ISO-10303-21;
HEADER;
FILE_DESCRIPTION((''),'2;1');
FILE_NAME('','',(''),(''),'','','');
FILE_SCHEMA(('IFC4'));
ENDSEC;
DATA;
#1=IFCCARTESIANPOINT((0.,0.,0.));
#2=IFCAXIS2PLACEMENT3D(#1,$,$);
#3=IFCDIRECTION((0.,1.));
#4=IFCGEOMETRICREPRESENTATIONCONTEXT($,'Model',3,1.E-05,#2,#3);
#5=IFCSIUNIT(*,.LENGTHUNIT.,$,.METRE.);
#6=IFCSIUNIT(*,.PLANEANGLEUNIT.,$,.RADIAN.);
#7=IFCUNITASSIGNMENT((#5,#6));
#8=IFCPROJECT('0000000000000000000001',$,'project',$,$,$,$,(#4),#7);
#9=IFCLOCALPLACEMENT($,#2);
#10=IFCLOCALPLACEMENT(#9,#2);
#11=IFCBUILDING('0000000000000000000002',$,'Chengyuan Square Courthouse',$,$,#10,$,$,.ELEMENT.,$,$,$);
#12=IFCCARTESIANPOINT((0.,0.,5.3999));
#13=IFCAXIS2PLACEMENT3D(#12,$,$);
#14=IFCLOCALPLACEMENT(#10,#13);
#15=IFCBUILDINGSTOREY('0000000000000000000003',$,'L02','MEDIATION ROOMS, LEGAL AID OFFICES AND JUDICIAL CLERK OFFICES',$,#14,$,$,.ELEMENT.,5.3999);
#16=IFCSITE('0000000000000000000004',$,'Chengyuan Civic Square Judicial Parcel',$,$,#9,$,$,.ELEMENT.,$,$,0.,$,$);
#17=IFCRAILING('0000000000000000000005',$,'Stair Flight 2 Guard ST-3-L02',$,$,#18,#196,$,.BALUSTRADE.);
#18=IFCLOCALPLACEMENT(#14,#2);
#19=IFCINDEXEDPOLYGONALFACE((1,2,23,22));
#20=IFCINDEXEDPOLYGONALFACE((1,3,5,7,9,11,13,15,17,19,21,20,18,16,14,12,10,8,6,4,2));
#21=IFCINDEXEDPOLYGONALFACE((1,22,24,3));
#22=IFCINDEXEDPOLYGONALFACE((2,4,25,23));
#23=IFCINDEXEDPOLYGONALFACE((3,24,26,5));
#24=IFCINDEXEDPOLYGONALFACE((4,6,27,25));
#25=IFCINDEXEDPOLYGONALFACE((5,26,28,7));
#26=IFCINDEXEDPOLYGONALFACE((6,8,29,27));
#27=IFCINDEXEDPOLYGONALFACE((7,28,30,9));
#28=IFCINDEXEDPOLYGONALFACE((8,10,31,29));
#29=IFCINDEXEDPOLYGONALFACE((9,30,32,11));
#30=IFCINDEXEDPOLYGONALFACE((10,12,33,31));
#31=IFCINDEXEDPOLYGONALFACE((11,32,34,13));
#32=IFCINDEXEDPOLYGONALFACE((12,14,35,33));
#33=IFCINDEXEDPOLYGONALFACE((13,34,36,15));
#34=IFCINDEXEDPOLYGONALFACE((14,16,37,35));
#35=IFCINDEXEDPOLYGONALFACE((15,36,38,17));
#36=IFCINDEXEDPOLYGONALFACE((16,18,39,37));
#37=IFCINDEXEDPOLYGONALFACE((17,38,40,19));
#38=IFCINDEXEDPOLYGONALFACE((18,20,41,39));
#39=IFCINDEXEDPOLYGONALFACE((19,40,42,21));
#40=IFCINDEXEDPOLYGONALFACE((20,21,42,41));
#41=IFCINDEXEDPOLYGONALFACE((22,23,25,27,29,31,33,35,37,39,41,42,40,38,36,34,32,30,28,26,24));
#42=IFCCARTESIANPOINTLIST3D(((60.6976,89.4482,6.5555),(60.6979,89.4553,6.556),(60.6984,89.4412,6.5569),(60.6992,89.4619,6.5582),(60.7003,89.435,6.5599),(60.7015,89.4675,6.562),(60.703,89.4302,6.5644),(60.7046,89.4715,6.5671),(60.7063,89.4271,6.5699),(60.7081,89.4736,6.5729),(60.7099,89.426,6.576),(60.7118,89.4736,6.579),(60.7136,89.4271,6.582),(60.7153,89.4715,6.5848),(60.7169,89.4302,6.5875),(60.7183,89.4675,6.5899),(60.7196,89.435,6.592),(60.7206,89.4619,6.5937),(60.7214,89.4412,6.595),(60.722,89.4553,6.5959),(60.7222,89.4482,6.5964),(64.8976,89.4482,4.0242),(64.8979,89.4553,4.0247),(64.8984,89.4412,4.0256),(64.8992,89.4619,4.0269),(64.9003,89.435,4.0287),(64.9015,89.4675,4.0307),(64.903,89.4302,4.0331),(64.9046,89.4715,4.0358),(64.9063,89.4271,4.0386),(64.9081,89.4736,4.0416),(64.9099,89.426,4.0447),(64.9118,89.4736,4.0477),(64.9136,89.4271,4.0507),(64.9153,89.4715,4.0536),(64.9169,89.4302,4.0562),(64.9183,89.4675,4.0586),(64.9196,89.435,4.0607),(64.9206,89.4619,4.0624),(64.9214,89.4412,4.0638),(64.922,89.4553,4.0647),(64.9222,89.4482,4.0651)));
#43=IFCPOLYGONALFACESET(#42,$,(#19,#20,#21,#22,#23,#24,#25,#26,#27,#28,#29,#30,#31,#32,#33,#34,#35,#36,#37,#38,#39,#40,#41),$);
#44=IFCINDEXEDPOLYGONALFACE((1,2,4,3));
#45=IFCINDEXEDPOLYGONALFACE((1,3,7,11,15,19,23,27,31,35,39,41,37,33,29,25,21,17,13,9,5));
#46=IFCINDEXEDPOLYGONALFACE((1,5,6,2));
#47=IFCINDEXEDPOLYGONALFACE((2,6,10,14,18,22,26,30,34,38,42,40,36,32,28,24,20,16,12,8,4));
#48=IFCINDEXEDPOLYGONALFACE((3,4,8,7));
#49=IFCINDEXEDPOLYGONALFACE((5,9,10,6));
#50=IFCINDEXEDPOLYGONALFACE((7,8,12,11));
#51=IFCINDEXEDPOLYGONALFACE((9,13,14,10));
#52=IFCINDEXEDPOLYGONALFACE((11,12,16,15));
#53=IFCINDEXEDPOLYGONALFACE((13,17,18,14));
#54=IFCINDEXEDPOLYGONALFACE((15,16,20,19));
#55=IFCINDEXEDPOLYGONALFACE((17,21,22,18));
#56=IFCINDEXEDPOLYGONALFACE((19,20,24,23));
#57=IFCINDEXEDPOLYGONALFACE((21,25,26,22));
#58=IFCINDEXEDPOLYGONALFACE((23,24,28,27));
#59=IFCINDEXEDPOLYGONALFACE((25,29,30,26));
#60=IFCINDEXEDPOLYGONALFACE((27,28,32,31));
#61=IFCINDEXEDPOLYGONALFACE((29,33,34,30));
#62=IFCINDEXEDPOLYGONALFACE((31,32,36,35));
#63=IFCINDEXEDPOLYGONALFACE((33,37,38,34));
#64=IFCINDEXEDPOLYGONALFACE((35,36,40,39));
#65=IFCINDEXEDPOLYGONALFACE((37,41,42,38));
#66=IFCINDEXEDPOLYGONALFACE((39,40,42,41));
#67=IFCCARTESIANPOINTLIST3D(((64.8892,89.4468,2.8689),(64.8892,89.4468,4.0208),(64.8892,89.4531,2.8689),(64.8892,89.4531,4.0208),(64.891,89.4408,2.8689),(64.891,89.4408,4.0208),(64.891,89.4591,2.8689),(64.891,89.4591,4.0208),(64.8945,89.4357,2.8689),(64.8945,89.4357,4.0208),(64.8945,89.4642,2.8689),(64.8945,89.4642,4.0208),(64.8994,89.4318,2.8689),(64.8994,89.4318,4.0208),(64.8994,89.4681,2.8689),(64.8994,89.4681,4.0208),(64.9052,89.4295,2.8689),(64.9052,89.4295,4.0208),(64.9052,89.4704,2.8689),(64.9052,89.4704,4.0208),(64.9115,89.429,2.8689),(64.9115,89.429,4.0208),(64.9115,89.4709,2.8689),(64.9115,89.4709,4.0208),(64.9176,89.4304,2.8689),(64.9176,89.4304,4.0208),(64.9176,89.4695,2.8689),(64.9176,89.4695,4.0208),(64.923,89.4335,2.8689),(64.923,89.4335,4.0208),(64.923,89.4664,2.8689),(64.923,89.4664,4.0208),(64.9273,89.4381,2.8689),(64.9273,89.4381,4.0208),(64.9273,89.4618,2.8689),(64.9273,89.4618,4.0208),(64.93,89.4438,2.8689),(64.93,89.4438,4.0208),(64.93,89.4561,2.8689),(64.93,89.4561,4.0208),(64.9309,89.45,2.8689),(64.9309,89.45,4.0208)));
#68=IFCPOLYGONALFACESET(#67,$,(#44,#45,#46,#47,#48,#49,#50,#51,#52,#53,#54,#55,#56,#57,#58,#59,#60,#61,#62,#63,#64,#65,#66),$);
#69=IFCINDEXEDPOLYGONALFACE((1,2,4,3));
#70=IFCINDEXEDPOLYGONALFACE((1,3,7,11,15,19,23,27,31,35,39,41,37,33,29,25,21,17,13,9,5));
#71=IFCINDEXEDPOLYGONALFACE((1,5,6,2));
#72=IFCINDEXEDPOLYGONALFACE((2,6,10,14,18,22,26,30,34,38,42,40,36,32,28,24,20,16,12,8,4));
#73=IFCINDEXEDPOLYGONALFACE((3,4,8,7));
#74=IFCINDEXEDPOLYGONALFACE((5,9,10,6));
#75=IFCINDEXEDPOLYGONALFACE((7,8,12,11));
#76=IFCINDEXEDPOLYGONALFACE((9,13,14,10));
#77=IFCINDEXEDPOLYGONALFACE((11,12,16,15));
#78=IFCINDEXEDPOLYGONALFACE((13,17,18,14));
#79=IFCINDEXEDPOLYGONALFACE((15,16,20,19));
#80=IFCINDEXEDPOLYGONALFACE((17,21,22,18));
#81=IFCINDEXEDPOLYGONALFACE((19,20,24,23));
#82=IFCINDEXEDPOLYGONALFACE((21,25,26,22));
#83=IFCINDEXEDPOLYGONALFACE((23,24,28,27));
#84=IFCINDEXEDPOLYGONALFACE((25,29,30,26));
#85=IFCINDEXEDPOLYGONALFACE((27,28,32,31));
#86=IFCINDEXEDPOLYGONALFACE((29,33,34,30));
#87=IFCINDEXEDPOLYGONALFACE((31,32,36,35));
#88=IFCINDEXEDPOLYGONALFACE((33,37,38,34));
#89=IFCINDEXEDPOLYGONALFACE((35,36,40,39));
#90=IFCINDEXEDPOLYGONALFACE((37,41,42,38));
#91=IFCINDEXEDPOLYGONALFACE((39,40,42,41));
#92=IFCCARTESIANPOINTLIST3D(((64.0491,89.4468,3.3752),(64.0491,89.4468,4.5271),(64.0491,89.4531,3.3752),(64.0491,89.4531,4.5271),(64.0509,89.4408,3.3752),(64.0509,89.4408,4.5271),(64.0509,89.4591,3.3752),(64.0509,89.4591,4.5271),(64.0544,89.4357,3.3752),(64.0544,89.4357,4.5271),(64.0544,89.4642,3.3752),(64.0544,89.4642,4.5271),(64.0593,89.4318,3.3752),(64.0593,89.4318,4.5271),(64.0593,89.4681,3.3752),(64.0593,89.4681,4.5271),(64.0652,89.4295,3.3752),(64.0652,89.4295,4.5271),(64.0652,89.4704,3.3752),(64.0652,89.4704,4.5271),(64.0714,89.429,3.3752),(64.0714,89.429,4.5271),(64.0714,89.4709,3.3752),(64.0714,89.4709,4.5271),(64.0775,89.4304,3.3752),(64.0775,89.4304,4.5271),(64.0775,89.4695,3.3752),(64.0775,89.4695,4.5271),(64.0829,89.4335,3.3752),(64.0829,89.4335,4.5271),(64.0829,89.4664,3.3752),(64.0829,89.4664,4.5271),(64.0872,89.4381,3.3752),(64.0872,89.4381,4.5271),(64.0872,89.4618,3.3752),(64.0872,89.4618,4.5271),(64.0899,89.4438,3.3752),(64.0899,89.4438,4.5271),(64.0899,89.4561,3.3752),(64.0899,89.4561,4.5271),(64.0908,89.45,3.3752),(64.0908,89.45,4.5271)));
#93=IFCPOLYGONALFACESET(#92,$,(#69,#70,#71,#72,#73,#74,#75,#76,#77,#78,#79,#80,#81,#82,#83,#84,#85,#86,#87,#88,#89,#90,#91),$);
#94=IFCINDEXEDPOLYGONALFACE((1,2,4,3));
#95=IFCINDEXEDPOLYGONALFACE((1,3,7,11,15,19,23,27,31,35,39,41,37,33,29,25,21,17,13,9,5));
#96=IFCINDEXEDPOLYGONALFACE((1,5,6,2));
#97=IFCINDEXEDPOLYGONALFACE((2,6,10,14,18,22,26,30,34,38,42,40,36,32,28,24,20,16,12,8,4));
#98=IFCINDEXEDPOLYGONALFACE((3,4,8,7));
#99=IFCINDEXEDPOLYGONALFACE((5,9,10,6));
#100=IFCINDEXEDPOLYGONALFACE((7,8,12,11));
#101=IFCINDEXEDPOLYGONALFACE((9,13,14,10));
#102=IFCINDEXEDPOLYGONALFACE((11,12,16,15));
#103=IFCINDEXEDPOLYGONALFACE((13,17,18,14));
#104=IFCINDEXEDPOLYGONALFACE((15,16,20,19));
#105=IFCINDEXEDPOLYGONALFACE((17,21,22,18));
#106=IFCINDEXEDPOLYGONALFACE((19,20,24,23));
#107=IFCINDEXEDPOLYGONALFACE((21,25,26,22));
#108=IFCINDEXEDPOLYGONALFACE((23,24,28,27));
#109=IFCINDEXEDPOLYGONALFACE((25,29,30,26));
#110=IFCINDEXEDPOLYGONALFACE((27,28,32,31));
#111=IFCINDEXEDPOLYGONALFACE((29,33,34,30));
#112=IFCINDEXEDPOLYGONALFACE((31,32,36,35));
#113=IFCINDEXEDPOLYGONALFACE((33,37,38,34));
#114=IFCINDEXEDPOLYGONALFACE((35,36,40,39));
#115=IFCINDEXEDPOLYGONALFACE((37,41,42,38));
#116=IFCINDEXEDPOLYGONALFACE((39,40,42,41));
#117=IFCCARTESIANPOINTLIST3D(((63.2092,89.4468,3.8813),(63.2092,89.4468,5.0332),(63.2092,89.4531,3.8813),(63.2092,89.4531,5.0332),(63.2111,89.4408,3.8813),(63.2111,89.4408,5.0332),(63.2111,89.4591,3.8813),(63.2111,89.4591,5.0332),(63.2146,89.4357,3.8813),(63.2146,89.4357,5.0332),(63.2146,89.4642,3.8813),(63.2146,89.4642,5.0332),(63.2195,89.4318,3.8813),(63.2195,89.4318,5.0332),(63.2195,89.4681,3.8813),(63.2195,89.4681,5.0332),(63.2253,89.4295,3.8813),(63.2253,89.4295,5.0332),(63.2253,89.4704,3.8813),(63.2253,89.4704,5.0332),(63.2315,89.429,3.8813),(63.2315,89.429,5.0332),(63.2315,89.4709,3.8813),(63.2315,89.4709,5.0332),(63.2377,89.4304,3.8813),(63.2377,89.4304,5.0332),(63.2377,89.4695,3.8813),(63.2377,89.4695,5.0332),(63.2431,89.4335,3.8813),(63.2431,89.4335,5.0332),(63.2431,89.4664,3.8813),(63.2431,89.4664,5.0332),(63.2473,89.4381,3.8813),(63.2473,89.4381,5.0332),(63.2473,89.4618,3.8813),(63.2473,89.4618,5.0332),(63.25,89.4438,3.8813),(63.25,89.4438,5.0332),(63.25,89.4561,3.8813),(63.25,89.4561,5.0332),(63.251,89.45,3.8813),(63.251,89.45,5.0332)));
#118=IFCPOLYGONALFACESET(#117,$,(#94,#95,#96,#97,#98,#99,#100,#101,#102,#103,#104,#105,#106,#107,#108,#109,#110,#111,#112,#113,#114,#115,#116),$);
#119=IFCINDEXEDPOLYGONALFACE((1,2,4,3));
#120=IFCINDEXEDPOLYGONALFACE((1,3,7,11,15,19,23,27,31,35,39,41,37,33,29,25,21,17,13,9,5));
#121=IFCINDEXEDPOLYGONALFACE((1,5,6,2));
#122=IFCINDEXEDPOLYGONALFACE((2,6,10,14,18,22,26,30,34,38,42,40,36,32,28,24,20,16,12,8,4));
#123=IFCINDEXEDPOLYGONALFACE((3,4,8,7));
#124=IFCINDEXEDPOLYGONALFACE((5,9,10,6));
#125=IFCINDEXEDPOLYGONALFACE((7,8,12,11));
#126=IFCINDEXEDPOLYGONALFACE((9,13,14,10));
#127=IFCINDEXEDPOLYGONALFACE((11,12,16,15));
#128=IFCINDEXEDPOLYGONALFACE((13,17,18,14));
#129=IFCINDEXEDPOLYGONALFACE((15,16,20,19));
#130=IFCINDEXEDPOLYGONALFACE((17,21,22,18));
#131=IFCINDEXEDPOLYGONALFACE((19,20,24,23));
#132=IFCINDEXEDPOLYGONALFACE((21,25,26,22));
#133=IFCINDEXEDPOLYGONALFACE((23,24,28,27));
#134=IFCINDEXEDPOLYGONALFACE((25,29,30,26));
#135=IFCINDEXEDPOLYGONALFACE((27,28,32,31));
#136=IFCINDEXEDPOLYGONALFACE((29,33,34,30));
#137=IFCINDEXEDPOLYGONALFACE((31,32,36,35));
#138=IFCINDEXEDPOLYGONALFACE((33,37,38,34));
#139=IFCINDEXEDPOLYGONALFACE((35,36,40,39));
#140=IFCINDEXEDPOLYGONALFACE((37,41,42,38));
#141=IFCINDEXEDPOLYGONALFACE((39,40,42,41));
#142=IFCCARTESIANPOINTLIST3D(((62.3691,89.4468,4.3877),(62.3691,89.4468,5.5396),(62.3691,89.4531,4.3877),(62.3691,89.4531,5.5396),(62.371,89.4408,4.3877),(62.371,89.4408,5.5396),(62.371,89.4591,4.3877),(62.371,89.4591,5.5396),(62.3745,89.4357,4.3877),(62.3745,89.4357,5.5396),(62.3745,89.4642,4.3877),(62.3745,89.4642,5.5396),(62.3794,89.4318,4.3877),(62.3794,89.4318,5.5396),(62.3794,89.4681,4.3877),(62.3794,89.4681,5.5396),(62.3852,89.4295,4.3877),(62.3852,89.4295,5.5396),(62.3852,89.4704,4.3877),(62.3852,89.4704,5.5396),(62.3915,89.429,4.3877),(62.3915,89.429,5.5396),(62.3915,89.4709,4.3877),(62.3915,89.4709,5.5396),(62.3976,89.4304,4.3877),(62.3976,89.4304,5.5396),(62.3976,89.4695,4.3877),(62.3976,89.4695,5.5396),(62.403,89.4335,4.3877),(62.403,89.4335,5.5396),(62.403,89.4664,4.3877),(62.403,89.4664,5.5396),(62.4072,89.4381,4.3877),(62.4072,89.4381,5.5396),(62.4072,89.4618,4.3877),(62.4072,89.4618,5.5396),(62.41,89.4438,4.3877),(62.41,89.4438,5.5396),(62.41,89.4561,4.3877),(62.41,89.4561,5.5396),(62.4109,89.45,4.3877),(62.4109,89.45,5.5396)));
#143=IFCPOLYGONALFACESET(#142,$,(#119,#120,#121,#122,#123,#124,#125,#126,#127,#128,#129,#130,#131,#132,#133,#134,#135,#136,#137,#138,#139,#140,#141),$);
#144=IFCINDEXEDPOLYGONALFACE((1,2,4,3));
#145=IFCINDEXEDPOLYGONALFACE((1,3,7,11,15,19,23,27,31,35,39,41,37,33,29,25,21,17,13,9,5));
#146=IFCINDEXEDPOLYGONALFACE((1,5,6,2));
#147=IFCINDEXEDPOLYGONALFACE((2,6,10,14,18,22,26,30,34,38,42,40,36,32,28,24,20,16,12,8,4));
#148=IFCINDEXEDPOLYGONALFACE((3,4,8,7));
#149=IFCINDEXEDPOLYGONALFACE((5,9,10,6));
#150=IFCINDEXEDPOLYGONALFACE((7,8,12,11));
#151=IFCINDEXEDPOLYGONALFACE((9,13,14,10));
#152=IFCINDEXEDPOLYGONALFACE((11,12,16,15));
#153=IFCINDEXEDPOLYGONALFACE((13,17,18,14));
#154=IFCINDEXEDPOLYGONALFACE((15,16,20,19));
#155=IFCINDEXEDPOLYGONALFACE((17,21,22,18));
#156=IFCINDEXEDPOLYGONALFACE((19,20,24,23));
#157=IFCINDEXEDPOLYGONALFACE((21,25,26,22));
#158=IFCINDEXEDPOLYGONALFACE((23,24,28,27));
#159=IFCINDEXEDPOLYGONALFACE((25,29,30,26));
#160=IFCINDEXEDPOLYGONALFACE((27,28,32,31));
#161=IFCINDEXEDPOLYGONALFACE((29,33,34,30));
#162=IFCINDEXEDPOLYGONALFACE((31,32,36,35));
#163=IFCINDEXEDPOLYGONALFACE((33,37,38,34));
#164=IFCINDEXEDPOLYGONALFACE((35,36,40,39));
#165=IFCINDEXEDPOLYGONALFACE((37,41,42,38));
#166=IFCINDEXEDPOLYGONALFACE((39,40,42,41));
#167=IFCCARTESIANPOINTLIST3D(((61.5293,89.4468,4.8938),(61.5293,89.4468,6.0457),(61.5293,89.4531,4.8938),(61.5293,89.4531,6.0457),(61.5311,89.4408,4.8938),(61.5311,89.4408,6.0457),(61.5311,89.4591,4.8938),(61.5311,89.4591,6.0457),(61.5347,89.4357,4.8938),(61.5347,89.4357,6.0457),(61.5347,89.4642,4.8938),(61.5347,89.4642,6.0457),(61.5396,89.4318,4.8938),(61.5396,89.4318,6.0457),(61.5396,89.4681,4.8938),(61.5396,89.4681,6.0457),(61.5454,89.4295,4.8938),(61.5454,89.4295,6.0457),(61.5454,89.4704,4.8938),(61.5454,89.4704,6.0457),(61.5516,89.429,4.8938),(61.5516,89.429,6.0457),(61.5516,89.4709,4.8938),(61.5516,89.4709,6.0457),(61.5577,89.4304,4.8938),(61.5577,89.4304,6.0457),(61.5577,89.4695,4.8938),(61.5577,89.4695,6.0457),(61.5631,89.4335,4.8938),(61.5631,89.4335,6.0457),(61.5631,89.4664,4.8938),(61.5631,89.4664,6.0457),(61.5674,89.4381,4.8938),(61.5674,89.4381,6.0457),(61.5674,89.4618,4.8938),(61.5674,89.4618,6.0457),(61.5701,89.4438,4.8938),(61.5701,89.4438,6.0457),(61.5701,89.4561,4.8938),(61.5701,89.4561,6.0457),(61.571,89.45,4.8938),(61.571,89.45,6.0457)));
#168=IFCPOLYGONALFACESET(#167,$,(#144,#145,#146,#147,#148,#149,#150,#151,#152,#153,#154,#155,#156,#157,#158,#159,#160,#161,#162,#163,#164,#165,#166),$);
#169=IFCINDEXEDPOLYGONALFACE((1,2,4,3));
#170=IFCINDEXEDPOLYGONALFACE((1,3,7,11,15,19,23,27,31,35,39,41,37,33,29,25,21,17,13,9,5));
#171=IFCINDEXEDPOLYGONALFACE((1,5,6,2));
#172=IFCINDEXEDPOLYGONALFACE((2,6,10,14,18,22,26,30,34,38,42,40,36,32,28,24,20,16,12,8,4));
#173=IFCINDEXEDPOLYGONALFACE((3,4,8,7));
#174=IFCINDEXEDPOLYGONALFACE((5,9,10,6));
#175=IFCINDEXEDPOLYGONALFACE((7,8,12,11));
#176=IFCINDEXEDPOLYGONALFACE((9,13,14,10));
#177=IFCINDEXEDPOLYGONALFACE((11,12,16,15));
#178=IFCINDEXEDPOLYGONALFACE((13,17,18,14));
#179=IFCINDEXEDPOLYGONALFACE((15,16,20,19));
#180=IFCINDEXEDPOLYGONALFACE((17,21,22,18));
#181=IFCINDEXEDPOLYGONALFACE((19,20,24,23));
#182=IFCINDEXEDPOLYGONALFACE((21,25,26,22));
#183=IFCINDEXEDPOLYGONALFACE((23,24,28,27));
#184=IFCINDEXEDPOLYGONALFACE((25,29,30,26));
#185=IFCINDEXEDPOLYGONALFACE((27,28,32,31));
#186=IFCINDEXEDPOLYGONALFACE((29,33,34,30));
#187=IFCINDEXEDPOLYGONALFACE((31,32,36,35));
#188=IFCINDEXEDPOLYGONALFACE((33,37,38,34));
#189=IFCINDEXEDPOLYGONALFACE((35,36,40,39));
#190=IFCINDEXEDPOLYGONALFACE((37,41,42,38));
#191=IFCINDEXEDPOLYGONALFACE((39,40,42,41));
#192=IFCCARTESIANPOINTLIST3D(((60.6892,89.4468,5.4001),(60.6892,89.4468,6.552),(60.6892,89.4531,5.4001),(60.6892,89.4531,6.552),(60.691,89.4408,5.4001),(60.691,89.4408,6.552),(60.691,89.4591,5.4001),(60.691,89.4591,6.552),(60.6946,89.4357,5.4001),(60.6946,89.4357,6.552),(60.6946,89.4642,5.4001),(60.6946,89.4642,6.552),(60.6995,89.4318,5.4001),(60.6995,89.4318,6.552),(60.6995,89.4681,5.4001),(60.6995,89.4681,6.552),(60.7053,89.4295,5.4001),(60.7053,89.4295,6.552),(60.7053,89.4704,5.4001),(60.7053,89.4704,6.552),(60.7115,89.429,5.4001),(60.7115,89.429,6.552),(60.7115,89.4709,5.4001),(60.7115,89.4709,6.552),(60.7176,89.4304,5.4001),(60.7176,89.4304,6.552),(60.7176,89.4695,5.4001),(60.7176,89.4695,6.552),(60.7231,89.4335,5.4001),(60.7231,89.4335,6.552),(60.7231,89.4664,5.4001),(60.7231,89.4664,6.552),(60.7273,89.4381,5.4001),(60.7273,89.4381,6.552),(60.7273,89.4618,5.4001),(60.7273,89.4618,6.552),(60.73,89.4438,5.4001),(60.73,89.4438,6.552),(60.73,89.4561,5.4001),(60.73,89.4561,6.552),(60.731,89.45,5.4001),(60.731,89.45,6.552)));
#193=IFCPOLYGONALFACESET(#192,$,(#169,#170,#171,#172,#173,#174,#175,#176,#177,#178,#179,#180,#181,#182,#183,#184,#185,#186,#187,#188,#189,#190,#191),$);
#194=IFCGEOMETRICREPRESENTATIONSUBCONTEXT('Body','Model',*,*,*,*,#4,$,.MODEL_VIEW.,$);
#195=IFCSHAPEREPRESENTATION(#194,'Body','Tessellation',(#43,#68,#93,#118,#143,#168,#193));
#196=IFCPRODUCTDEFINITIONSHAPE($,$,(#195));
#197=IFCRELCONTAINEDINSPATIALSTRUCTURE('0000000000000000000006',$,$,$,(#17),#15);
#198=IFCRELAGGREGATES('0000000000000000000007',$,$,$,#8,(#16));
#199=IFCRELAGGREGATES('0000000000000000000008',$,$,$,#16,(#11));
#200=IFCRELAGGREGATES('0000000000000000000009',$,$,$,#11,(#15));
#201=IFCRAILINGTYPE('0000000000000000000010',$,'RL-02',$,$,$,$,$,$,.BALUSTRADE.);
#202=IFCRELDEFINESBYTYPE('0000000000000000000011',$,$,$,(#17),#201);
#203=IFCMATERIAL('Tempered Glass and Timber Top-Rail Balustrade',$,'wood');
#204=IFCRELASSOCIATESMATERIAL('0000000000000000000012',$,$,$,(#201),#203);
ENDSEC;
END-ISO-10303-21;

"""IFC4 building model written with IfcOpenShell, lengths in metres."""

from ifc_helpers import new_model, si_unit, direction, frame, origin, origin_2d, place, context, subcontext, project, spatial, circle, extrude, material, type_object, element, save


model = new_model("IFC4")

# Units and contexts
model_context = context("Model", 3, precision=1e-05, world=origin(), true_north=direction((0.0, 1.0)))
body_context = subcontext(model_context, "Body", "Model", "MODEL_VIEW")
ifc_project = project(units=[si_unit("LENGTHUNIT", "METRE"), si_unit("PLANEANGLEUNIT", "RADIAN")], contexts=[model_context])

# Site, building, storey
site_placement = place(None, origin())
site = spatial("IfcSite", under=ifc_project, at=site_placement, Name="Chengyuan Civic Square Judicial Parcel", CompositionType="ELEMENT", RefElevation=0.0)
building_placement = place(site_placement, origin())
building = spatial("IfcBuilding", under=site, at=building_placement, Name="Chengyuan Square Courthouse", CompositionType="ELEMENT")
storey_placement = place(building_placement, frame((0.0, 0.0, 5.3999)))
storey = spatial("IfcBuildingStorey", under=building, at=storey_placement, Name="L02", Description="MEDIATION ROOMS, LEGAL AID OFFICES AND JUDICIAL CLERK OFFICES", CompositionType="ELEMENT", Elevation=5.3999)

# Railing
ifc_material_1 = material(Name="Tempered Glass and Timber Top-Rail Balustrade", Category="wood")
railing_type_1 = type_object("IfcRailingType", Name="RL-02", PredefinedType="BALUSTRADE", material=ifc_material_1)
railing_1_placement = place(storey_placement, frame((64.9099, 89.45, 2.8689)))
element("IfcRailing", 1, at=railing_1_placement, inside=storey, type_object=railing_type_1, Name="Stair Flight 2 Guard ST-3-L02", PredefinedType="BALUSTRADE", context=body_context, shape_type="SweptSolid", body=[
    extrude(circle(Radius=0.0239, at=origin_2d()), frame((0.0, 0.0, 1.1758), z_axis=(-0.856476, 0.0, 0.516186), x_axis=(0.0, -1.0, 0.0)), (0.0, 0.0, 1.0), 4.9038),
    extrude(circle(Radius=0.021, at=origin_2d()), origin(), (0.0, 0.0, 1.0), 1.1519),
    extrude(circle(Radius=0.021, at=origin_2d()), frame((-0.8401, 0.0, 0.5063)), (0.0, 0.0, 1.0), 1.1519),
    extrude(circle(Radius=0.021, at=origin_2d()), frame((-1.6799, 0.0, 1.0125)), (0.0, 0.0, 1.0), 1.1519),
    extrude(circle(Radius=0.021, at=origin_2d()), frame((-2.52, 0.0, 1.5188)), (0.0, 0.0, 1.0), 1.1519),
    extrude(circle(Radius=0.021, at=origin_2d()), frame((-3.3599, 0.0, 2.0249)), (0.0, 0.0, 1.0), 1.1519),
    extrude(circle(Radius=0.021, at=origin_2d()), frame((-4.2, 0.0, 2.5312)), (0.0, 0.0, 1.0), 1.1519),
])

save(model, "model.ifc")
